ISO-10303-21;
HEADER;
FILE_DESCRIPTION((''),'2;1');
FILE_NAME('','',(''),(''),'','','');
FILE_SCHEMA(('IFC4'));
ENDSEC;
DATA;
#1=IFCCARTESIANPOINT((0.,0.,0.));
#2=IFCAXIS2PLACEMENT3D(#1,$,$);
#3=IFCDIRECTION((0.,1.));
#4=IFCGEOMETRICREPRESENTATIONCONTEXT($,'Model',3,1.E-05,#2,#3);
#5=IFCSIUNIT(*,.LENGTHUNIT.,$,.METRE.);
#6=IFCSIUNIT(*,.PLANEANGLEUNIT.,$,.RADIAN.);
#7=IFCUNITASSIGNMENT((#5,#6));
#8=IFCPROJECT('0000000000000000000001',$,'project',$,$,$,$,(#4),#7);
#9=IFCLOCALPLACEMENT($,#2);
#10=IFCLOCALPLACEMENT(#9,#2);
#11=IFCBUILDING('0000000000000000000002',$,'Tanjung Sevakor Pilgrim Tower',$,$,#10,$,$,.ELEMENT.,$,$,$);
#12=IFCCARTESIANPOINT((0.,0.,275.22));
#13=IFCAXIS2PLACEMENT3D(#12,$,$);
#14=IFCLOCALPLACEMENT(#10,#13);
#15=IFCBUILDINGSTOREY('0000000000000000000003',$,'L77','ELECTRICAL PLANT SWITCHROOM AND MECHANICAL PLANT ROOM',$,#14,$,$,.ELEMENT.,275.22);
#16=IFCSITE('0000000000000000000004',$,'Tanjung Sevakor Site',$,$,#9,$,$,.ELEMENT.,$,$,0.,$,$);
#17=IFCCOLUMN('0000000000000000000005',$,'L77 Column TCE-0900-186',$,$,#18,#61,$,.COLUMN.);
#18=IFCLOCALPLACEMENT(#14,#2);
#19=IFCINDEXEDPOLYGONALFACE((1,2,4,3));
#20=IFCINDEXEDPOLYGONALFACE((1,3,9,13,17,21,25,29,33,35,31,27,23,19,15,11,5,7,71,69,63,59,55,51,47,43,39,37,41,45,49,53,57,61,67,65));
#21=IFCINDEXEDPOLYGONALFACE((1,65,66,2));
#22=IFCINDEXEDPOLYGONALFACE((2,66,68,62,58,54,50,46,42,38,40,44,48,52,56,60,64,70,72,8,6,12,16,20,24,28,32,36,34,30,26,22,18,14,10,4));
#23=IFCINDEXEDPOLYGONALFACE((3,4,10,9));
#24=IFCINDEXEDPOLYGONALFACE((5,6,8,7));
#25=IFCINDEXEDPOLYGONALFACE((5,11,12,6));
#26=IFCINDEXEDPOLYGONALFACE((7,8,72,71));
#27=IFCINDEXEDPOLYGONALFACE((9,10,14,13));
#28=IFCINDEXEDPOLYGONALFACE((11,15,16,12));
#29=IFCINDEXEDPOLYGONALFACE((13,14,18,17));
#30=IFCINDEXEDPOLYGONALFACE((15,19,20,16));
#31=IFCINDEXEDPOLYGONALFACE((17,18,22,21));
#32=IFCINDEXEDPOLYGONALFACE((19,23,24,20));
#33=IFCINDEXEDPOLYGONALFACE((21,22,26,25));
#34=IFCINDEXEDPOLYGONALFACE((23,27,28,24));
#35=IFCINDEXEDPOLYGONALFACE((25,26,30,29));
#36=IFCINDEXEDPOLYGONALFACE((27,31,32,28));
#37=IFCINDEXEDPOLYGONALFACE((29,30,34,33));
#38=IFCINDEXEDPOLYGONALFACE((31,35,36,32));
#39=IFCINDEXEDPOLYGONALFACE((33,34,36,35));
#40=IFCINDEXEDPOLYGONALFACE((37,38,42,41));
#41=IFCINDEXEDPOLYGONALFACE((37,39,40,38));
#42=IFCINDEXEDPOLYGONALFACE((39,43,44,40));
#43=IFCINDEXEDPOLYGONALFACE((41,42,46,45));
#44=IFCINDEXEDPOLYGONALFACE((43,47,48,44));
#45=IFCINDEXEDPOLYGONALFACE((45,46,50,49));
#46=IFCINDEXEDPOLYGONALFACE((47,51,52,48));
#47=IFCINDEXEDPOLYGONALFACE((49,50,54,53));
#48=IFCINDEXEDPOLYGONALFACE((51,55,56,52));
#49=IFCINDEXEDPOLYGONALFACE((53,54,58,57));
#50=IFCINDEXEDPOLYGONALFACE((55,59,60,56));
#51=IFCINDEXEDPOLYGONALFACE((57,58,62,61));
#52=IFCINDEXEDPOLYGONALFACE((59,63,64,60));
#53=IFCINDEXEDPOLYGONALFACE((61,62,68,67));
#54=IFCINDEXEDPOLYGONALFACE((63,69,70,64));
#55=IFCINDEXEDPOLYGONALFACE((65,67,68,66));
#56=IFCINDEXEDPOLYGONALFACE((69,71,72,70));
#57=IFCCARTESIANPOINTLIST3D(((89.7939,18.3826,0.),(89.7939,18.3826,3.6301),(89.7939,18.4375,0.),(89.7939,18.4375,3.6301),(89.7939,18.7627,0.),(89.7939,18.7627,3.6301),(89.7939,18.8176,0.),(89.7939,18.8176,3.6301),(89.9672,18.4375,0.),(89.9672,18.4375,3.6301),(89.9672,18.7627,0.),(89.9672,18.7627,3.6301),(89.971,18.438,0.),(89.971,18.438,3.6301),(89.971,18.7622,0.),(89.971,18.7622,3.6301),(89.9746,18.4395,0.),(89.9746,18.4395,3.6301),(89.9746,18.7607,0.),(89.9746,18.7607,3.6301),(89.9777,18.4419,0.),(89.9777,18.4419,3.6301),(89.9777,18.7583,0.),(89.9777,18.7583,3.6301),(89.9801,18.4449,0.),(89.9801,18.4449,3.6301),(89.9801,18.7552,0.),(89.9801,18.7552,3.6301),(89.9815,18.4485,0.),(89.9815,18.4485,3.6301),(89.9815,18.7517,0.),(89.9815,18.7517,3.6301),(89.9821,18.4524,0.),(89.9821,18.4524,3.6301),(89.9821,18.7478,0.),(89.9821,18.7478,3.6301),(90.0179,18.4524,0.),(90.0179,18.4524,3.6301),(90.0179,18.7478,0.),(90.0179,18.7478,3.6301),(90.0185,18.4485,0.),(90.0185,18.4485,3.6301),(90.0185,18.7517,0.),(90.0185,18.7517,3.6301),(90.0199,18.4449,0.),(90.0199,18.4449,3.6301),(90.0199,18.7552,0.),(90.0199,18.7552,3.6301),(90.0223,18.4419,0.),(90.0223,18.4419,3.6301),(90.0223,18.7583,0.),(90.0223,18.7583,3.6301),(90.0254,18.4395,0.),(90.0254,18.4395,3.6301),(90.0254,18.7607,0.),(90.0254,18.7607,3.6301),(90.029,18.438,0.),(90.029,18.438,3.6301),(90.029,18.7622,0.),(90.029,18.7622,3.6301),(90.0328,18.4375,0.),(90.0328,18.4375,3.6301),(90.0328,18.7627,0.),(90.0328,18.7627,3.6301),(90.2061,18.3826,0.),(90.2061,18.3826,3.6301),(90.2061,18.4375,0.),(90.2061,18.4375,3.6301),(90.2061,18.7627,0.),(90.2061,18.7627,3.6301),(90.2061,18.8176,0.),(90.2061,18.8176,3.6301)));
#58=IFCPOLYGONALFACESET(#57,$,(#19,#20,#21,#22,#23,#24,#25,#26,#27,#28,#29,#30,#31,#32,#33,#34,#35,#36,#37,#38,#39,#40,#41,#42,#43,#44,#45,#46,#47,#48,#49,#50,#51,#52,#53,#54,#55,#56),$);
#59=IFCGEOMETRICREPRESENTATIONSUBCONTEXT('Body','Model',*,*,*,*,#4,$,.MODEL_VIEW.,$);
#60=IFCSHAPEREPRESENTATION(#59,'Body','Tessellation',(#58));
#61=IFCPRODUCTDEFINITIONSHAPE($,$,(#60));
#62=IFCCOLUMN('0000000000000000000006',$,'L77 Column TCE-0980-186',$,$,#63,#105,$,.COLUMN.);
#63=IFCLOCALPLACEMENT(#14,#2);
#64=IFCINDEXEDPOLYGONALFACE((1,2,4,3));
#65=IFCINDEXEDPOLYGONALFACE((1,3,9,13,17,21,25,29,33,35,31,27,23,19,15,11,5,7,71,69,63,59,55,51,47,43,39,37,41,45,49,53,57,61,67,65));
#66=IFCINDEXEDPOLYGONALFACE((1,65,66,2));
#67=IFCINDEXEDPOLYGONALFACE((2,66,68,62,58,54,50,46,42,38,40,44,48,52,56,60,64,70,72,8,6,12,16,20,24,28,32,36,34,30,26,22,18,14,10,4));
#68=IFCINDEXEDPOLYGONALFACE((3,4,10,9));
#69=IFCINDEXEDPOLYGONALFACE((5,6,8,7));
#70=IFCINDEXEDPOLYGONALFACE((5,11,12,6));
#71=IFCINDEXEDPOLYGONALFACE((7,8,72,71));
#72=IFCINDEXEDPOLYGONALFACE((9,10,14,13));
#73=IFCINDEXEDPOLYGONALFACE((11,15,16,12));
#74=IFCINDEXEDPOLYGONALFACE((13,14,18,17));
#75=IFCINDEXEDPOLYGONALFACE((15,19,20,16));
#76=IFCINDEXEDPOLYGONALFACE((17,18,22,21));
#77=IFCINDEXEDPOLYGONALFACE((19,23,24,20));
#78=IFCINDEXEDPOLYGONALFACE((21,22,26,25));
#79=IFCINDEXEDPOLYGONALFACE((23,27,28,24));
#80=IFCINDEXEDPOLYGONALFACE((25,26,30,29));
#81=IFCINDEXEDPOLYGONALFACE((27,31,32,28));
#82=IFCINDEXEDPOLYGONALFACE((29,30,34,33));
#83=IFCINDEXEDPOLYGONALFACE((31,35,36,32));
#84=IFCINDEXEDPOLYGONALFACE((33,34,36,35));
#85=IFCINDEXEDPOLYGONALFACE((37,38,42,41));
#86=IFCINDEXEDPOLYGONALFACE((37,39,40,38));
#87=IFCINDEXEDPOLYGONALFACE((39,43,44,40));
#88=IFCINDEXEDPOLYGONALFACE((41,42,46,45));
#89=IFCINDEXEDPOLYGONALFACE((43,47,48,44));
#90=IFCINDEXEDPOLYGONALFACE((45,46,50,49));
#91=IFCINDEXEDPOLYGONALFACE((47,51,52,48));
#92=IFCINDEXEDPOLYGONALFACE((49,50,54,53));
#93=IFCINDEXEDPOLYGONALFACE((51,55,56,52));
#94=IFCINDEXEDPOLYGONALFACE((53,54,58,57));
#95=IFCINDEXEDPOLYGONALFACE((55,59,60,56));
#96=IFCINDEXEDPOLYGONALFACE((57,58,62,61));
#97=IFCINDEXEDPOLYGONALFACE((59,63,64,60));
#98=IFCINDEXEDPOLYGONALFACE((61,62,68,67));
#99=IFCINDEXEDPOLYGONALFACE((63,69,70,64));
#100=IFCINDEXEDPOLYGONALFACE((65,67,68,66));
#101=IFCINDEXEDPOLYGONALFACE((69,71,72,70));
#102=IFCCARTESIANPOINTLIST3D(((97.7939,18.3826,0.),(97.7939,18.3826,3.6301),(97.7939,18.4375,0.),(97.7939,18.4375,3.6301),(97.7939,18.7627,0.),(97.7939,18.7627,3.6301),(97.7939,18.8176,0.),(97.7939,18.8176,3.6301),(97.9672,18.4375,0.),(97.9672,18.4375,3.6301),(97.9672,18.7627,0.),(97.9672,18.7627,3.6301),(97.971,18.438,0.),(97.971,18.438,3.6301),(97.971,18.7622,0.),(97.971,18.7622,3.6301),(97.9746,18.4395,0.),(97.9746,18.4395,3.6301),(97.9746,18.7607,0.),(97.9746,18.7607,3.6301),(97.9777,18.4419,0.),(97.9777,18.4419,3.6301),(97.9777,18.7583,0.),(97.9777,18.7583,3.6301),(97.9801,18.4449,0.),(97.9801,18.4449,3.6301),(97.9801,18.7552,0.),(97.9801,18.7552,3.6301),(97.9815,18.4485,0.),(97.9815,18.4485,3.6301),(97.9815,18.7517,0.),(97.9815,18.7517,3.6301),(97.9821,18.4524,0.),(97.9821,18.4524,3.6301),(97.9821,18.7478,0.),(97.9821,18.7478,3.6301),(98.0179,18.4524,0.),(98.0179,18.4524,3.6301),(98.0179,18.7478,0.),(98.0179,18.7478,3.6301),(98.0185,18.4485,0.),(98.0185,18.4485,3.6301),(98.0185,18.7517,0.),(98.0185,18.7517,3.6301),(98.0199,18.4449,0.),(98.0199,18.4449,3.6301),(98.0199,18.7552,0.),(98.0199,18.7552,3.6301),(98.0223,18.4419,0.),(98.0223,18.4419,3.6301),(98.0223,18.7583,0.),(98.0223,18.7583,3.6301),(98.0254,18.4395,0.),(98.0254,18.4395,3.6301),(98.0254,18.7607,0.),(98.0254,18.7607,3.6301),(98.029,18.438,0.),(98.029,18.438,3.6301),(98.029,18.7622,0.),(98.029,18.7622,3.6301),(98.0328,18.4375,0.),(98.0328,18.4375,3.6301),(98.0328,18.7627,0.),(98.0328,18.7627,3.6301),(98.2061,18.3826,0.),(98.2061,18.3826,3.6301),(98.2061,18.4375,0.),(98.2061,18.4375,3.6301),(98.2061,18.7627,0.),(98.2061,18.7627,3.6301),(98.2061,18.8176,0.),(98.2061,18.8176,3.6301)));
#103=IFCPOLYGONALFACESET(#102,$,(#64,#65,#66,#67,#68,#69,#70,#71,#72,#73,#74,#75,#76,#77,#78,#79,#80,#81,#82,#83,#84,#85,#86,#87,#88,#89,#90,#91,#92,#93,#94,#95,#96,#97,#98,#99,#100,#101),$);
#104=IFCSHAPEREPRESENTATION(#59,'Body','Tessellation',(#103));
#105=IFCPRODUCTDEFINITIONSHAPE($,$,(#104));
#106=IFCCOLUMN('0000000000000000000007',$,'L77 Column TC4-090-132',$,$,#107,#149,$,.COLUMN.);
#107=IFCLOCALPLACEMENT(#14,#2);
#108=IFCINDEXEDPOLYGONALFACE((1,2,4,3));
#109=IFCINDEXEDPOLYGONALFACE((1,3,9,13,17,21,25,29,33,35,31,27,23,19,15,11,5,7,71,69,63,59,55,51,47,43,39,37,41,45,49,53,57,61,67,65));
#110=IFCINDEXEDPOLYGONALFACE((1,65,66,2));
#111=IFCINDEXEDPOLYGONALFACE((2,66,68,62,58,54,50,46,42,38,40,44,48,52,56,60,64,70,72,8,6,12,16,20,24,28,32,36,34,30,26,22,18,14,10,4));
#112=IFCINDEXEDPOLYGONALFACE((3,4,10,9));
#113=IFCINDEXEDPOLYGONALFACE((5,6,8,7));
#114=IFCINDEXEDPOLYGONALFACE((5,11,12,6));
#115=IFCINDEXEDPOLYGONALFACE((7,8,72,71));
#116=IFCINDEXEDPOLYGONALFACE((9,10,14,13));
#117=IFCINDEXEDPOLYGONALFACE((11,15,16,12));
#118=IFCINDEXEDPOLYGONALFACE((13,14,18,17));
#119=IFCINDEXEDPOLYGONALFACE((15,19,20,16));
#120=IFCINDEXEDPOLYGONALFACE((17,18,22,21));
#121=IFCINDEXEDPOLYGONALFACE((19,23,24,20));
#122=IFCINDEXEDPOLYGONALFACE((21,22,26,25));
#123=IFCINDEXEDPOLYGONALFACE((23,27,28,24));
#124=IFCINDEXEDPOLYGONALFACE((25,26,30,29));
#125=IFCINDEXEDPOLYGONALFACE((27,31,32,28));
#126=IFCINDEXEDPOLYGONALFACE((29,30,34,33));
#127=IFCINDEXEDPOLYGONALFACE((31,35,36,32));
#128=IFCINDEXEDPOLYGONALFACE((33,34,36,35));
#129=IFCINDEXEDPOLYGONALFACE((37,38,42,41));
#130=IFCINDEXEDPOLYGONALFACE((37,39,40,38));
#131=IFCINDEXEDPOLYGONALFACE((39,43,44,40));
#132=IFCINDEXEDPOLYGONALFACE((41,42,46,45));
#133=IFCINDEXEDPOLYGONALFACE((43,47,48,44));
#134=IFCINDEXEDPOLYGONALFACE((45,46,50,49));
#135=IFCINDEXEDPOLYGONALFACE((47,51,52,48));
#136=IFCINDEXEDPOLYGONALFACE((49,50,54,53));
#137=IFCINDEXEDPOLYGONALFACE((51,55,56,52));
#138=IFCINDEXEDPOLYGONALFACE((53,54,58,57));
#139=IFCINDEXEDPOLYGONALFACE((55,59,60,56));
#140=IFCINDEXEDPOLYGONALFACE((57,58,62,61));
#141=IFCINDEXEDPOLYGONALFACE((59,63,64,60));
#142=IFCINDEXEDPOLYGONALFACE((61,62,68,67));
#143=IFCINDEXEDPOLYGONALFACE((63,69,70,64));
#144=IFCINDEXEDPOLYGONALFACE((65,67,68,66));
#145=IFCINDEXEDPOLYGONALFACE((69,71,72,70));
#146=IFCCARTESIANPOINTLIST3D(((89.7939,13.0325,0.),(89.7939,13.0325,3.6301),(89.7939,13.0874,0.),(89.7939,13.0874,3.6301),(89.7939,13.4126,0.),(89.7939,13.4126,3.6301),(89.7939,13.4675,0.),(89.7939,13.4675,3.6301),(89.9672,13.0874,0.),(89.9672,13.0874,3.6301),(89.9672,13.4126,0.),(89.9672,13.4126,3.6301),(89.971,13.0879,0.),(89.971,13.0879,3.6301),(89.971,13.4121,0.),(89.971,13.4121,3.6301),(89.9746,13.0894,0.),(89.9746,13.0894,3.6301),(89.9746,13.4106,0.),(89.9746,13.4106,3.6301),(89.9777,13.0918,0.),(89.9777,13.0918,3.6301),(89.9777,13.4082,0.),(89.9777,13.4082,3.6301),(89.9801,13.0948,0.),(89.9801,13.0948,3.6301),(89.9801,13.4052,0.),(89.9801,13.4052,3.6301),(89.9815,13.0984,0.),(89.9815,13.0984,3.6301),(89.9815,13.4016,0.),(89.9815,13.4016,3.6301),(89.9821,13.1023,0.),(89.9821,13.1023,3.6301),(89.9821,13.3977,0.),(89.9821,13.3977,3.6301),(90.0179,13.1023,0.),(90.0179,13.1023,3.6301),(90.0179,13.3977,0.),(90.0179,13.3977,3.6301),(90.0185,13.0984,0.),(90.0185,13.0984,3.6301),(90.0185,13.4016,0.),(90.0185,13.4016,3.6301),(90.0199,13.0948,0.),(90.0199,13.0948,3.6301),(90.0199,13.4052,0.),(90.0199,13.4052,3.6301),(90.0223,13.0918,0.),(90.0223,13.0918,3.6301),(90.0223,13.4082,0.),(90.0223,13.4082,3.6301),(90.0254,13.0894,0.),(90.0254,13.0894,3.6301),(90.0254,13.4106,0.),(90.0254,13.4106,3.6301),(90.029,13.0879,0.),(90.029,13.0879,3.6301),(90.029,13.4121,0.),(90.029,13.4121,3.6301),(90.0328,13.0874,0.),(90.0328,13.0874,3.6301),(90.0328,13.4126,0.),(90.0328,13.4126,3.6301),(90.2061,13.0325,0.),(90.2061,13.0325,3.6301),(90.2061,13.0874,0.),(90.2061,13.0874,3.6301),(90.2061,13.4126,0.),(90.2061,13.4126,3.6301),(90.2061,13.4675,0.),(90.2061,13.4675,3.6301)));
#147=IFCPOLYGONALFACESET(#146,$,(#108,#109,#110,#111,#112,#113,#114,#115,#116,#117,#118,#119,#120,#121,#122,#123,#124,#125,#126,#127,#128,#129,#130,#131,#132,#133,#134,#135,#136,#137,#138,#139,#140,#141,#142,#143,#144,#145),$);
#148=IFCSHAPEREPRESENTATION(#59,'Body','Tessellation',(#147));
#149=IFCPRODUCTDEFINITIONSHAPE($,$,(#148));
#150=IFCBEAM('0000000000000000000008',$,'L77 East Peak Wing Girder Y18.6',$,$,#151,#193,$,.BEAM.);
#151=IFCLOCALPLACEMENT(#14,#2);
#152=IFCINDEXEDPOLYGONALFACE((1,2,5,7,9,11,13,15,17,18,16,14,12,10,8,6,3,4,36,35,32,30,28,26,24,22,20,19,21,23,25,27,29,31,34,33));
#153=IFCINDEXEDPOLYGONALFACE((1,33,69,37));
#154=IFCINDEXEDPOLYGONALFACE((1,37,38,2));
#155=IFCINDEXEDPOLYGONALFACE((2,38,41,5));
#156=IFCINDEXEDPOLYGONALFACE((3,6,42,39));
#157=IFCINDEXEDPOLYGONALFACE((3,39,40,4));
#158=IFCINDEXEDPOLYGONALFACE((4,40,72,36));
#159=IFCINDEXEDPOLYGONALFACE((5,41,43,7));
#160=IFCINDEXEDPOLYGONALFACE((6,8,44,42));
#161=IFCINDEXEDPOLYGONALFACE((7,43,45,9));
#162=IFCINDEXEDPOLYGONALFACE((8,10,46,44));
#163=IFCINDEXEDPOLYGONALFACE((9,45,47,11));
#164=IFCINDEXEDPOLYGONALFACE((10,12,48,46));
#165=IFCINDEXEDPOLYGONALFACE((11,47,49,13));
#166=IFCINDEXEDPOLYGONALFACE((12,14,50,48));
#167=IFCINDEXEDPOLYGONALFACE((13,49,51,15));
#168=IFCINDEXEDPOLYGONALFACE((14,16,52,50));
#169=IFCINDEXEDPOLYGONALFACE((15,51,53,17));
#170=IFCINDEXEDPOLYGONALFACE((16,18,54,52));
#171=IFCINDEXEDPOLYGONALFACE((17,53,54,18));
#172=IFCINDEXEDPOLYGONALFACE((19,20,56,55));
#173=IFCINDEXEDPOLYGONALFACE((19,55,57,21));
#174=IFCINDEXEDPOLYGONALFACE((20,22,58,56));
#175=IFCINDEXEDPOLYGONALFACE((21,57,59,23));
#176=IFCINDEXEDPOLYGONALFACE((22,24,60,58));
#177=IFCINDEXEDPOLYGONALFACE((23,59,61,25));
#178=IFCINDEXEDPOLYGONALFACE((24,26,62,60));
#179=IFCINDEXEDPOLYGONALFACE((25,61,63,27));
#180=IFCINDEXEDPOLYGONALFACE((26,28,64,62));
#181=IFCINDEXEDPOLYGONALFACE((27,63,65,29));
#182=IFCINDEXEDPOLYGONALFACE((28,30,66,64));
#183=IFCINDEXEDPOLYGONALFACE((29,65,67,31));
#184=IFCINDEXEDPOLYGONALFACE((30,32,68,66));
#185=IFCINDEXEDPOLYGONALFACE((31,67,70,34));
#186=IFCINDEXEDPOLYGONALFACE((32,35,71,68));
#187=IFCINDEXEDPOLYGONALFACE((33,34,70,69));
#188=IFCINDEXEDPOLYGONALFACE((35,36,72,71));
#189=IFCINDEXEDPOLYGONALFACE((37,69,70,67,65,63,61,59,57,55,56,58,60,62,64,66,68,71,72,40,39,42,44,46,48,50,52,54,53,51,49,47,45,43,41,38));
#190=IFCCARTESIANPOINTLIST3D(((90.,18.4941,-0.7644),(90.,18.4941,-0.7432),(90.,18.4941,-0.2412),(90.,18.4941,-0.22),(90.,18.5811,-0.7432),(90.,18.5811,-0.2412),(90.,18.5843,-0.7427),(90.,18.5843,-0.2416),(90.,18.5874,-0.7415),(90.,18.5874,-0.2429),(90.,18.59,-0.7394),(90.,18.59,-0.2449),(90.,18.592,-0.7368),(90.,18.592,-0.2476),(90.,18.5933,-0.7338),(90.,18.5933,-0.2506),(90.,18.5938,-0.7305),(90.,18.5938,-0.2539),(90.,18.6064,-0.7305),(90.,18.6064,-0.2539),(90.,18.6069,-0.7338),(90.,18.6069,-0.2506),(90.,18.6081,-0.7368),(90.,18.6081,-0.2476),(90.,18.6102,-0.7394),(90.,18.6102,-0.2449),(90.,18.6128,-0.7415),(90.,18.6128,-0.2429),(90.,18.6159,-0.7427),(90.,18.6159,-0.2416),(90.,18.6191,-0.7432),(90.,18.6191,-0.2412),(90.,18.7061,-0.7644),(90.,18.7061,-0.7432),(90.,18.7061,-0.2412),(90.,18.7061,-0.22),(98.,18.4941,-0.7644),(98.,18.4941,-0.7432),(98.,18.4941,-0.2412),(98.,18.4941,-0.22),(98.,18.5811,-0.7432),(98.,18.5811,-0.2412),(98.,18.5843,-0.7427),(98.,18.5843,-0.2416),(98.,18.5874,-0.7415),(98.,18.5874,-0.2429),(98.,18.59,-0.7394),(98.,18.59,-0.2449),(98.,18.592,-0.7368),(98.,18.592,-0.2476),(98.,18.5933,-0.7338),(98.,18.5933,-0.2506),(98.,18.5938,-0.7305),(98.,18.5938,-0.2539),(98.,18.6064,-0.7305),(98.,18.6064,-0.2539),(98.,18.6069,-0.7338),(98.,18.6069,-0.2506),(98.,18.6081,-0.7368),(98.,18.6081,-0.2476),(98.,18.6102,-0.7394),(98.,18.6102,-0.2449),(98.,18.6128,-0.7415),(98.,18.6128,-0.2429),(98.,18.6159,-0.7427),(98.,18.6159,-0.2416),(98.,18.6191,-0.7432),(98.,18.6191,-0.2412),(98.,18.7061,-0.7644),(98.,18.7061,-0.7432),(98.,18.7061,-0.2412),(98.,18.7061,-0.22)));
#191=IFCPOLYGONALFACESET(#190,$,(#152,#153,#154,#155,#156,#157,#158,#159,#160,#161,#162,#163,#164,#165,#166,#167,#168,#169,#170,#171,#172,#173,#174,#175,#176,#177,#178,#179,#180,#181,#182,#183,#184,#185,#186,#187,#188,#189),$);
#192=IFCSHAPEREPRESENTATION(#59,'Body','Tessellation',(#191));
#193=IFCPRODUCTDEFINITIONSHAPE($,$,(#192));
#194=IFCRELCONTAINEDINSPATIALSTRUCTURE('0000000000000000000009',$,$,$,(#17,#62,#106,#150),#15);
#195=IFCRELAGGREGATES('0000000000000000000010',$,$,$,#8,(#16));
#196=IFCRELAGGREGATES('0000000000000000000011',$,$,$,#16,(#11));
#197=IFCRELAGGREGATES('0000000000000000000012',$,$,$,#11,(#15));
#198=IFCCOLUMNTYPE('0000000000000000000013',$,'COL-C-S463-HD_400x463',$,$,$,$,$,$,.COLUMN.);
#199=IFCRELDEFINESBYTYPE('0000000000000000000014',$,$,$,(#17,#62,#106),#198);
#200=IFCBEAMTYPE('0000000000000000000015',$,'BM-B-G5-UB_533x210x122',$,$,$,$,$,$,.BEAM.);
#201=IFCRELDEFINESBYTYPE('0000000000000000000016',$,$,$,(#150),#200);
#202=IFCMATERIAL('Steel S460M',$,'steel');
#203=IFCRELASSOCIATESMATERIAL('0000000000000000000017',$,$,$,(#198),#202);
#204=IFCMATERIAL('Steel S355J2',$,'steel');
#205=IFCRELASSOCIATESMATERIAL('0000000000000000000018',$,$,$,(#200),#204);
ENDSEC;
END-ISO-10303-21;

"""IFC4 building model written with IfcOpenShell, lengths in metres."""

from ifc_helpers import new_model, si_unit, direction, frame, origin, origin_2d, place, context, subcontext, project, spatial, i_section, extrude, material, material_profile, profile_set, type_object, element, save


model = new_model("IFC4")

# Units and contexts
model_context = context("Model", 3, precision=1e-05, world=origin(), true_north=direction((0.0, 1.0)))
body_context = subcontext(model_context, "Body", "Model", "MODEL_VIEW")
ifc_project = project(units=[si_unit("LENGTHUNIT", "METRE"), si_unit("PLANEANGLEUNIT", "RADIAN")], contexts=[model_context])

# Site, building, storey
site_placement = place(None, origin())
site = spatial("IfcSite", under=ifc_project, at=site_placement, Name="Tanjung Sevakor Site", CompositionType="ELEMENT", RefElevation=0.0)
building_placement = place(site_placement, origin())
building = spatial("IfcBuilding", under=site, at=building_placement, Name="Tanjung Sevakor Pilgrim Tower", CompositionType="ELEMENT")
storey_placement = place(building_placement, frame((0.0, 0.0, 275.22)))
storey = spatial("IfcBuildingStorey", under=building, at=storey_placement, Name="L77", Description="ELECTRICAL PLANT SWITCHROOM AND MECHANICAL PLANT ROOM", CompositionType="ELEMENT", Elevation=275.22)

# Columns
ifc_material_1 = material(Name="Steel S460M", Category="steel")
ifc_material_profile_1 = material_profile(ifc_material_1, i_section(OverallWidth=0.4121, OverallDepth=0.4351, WebThickness=0.0359, FlangeThickness=0.0549, FilletRadius=0.0149, at=origin_2d()))
ifc_profile_set_1 = profile_set([ifc_material_profile_1], Name="Steel S460M")
column_type = type_object("IfcColumnType", Name="COL-C-S463-HD_400x463", PredefinedType="COLUMN", material=ifc_profile_set_1)
for number, where, z_axis, x_axis, name in (
    (1, (90.0, 18.6001, 0.0), (0.0, 0.0, 1.0), (1.0, 0.0, 0.0), "L77 Column TCE-0900-186"),
    (2, (98.0, 18.6001, 0.0), (0.0, 0.0, 1.0), (1.0, 0.0, 0.0), "L77 Column TCE-0980-186"),
    (3, (90.0, 13.25, 0.0), (0.0, 0.0, 1.0), (1.0, 0.0, 0.0), "L77 Column TC4-090-132"),
):
    element("IfcColumn", number, at=place(storey_placement, frame(where, z_axis=z_axis, x_axis=x_axis)), inside=storey, type_object=column_type, Name=name, PredefinedType="COLUMN", context=body_context, shape_type="SweptSolid", body=[
        extrude(i_section(OverallWidth=0.4121, OverallDepth=0.4351, WebThickness=0.0359, FlangeThickness=0.0549, FilletRadius=0.0149, at=origin_2d()), origin(), (0.0, 0.0, 1.0), 3.6301),
    ])

# Beam
ifc_material_2 = material(Name="Steel S355J2", Category="steel")
ifc_material_profile_2 = material_profile(ifc_material_2, i_section(OverallWidth=0.2119, OverallDepth=0.5444, WebThickness=0.0127, FlangeThickness=0.0212, FilletRadius=0.0127, at=origin_2d()))
ifc_profile_set_2 = profile_set([ifc_material_profile_2], Name="Steel S355J2")
beam_type_1 = type_object("IfcBeamType", Name="BM-B-G5-UB_533x210x122", PredefinedType="BEAM", material=ifc_profile_set_2)
beam_1_placement = place(storey_placement, frame((90.0, 18.6001, -0.4922), z_axis=(1.0, 0.0, 0.0), x_axis=(0.0, 1.0, 0.0)))
element("IfcBeam", 4, at=beam_1_placement, inside=storey, type_object=beam_type_1, Name="L77 East Peak Wing Girder Y18.6", PredefinedType="BEAM", context=body_context, shape_type="SweptSolid", body=[
    extrude(i_section(OverallWidth=0.2119, OverallDepth=0.5444, WebThickness=0.0127, FlangeThickness=0.0212, FilletRadius=0.0127, at=origin_2d()), origin(), (0.0, 0.0, 1.0), 8.0),
])

save(model, "model.ifc")
